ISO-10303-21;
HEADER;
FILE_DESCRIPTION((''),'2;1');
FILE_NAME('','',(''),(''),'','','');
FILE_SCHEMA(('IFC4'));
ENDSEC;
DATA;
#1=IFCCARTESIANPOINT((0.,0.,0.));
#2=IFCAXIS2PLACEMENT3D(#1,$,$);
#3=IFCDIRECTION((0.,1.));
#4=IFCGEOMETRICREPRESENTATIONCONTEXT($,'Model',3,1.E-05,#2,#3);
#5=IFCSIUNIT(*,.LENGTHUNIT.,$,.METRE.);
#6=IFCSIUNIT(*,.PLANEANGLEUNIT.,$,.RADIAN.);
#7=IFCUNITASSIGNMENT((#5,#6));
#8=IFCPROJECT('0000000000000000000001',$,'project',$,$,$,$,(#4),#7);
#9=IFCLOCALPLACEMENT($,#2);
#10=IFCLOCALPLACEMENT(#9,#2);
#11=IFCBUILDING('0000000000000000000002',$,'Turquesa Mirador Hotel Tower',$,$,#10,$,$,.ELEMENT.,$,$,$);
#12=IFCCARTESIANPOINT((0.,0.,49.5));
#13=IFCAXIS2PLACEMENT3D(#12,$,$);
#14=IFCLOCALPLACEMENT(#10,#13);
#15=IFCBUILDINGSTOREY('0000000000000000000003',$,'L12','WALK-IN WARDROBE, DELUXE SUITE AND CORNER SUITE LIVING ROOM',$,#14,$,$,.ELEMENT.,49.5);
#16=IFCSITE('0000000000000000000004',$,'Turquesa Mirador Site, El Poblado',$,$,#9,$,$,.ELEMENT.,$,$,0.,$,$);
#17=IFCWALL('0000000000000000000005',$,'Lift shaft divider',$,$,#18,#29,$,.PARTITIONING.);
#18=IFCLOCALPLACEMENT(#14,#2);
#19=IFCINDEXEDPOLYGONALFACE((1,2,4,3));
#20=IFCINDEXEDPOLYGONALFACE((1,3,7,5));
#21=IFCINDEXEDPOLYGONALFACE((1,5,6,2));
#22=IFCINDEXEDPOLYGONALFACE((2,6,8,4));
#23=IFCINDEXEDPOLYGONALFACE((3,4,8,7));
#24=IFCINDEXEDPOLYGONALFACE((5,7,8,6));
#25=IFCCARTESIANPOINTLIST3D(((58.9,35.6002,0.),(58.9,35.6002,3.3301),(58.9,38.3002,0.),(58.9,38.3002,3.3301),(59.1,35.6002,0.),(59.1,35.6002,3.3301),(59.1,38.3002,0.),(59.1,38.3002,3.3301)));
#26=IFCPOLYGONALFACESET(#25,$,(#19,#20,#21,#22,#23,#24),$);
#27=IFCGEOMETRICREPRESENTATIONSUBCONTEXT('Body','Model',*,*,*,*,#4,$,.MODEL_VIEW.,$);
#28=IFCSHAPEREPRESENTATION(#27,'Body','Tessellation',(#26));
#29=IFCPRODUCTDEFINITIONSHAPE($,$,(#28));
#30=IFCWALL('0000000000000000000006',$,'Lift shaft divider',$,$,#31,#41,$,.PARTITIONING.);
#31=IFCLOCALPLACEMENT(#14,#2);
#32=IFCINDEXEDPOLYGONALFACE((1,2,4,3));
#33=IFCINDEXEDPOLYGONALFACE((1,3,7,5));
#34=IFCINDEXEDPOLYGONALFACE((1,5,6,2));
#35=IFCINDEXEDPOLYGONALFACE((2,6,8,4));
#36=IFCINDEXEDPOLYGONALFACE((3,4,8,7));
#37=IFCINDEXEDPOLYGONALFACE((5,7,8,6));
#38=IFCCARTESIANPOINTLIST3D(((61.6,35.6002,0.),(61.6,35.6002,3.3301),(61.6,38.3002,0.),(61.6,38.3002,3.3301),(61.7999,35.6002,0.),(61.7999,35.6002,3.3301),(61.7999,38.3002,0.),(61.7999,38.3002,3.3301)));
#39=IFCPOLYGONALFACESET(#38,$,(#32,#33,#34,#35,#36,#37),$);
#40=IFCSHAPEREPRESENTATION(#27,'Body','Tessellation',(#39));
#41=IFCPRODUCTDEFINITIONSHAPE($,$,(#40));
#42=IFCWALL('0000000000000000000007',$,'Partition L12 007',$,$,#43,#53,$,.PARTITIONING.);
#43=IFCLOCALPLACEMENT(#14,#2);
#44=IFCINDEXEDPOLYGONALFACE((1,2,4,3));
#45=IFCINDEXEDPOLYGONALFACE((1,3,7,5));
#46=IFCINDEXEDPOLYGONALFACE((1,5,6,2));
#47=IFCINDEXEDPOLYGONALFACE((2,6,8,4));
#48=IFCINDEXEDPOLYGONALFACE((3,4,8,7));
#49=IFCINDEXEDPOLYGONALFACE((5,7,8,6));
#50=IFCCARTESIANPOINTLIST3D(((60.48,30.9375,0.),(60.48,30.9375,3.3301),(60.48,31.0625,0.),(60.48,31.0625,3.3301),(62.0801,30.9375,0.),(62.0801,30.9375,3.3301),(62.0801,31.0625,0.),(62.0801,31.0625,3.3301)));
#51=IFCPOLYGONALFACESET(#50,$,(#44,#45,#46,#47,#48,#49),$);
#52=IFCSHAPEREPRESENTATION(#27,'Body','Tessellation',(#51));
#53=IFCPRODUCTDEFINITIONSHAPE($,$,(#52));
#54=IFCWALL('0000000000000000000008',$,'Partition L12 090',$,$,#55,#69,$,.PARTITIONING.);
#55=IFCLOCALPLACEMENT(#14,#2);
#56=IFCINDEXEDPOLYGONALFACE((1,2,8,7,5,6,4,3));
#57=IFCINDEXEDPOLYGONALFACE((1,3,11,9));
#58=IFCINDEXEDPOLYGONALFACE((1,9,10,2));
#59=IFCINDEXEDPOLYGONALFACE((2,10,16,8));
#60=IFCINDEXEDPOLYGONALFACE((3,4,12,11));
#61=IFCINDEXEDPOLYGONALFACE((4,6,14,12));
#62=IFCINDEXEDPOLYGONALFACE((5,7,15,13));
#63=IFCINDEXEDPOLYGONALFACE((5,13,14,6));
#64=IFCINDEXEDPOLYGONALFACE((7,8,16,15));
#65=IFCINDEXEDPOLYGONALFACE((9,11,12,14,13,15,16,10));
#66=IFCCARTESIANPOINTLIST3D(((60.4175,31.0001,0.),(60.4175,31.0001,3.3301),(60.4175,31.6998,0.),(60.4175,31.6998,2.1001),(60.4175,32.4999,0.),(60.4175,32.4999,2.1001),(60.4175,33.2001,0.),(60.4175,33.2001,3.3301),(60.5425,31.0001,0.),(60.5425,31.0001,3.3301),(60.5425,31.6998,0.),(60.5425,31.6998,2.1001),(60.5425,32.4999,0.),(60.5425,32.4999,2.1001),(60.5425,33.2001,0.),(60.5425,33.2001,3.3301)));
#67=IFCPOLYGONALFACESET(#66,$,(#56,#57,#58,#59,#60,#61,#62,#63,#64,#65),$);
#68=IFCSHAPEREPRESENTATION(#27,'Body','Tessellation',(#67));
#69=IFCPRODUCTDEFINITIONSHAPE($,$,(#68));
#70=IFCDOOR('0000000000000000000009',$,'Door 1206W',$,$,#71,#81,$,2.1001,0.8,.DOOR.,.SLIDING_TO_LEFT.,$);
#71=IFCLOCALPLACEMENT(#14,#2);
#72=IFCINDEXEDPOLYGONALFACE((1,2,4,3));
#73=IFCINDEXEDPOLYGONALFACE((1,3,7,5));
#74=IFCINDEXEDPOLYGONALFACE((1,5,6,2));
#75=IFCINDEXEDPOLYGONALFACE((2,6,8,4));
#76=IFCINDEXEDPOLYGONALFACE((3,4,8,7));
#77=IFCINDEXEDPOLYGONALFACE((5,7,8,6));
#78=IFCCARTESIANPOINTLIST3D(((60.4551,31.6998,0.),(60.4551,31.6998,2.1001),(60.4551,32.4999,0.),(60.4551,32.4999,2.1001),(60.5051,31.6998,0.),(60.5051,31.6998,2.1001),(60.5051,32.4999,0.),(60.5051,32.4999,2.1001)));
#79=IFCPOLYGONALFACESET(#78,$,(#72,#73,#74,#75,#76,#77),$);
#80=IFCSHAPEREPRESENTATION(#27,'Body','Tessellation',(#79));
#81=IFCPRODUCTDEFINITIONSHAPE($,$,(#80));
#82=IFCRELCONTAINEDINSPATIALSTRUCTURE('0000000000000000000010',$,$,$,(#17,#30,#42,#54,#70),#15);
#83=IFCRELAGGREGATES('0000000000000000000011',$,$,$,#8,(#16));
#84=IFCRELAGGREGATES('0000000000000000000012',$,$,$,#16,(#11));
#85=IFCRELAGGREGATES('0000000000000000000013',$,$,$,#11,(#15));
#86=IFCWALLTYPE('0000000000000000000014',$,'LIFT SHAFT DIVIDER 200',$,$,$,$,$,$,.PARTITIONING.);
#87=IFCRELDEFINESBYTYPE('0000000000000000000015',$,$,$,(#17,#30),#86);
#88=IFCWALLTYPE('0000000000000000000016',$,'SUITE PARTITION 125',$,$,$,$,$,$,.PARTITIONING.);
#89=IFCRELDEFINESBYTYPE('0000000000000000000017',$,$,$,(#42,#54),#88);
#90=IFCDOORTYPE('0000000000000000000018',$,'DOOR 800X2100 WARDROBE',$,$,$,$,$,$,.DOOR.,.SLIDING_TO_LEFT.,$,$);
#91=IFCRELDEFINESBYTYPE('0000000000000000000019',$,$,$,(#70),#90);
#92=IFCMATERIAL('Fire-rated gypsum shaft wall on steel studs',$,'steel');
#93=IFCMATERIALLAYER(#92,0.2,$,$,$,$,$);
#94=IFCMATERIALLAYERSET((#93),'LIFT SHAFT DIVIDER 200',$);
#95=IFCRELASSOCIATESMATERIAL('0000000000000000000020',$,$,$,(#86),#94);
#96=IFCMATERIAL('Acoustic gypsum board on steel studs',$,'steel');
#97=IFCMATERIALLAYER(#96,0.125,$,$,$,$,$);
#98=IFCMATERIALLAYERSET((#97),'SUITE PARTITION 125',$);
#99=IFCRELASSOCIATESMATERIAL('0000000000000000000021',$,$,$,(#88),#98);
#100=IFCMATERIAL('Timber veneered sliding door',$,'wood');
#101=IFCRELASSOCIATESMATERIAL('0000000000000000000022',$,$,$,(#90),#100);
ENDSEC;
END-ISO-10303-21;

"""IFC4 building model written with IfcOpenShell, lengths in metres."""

from ifc_helpers import new_model, si_unit, direction, frame, frame_2d, origin, place, context, subcontext, project, spatial, rectangle, extrude, material, layer, layer_set, type_object, element, fill, save


model = new_model("IFC4")

# Units and contexts
model_context = context("Model", 3, precision=1e-05, world=origin(), true_north=direction((0.0, 1.0)))
body_context = subcontext(model_context, "Body", "Model", "MODEL_VIEW")
ifc_project = project(units=[si_unit("LENGTHUNIT", "METRE"), si_unit("PLANEANGLEUNIT", "RADIAN")], contexts=[model_context])

# Site, building, storey
site_placement = place(None, origin())
site = spatial("IfcSite", under=ifc_project, at=site_placement, Name="Turquesa Mirador Site, El Poblado", CompositionType="ELEMENT", RefElevation=0.0)
building_placement = place(site_placement, origin())
building = spatial("IfcBuilding", under=site, at=building_placement, Name="Turquesa Mirador Hotel Tower", CompositionType="ELEMENT")
storey_placement = place(building_placement, frame((0.0, 0.0, 49.5)))
storey = spatial("IfcBuildingStorey", under=building, at=storey_placement, Name="L12", Description="WALK-IN WARDROBE, DELUXE SUITE AND CORNER SUITE LIVING ROOM", CompositionType="ELEMENT", Elevation=49.5)

# Walls
ifc_material_1 = material(Name="Fire-rated gypsum shaft wall on steel studs", Category="steel")
ifc_layer_1 = layer(ifc_material_1, 0.2)
ifc_layer_set_1 = layer_set([ifc_layer_1], Name="LIFT SHAFT DIVIDER 200")
wall_type_1 = type_object("IfcWallType", Name="LIFT SHAFT DIVIDER 200", PredefinedType="PARTITIONING", material=ifc_layer_set_1)
for number, where, z_axis, x_axis, name in (
    (1, (59.0, 35.6001, 0.0), (0.0, 0.0, 1.0), (0.0, 1.0, 0.0), "Lift shaft divider"),
    (2, (61.7, 35.6001, 0.0), (0.0, 0.0, 1.0), (0.0, 1.0, 0.0), "Lift shaft divider"),
):
    element("IfcWall", number, at=place(storey_placement, frame(where, z_axis=z_axis, x_axis=x_axis)), inside=storey, type_object=wall_type_1, Name=name, PredefinedType="PARTITIONING", context=body_context, shape_type="SweptSolid", body=[
        extrude(rectangle(XDim=2.7, YDim=0.2, at=frame_2d((1.3501, 0.0))), origin(), (0.0, 0.0, 1.0), 3.3301),
    ])
ifc_material_2 = material(Name="Acoustic gypsum board on steel studs", Category="steel")
ifc_layer_2 = layer(ifc_material_2, 0.125)
ifc_layer_set_2 = layer_set([ifc_layer_2], Name="SUITE PARTITION 125")
wall_type_2 = type_object("IfcWallType", Name="SUITE PARTITION 125", PredefinedType="PARTITIONING", material=ifc_layer_set_2)
wall_1_placement = place(storey_placement, frame((60.48, 31.0, 0.0), z_axis=(0.0, 0.0, 1.0), x_axis=(1.0, 0.0, 0.0)))
element("IfcWall", 3, at=wall_1_placement, inside=storey, type_object=wall_type_2, Name="Partition L12 007", PredefinedType="PARTITIONING", context=body_context, shape_type="SweptSolid", body=[
    extrude(rectangle(XDim=1.6001, YDim=0.125, at=frame_2d((0.8, 0.0))), origin(), (0.0, 0.0, 1.0), 3.3301),
])

# Wall, opening, door
wall_2_placement = place(storey_placement, frame((60.48, 31.0, 0.0), z_axis=(0.0, 0.0, 1.0), x_axis=(0.0, 1.0, 0.0)))
wall_2 = element("IfcWall", 4, at=wall_2_placement, inside=storey, type_object=wall_type_2, Name="Partition L12 090", PredefinedType="PARTITIONING", context=body_context, shape_type="SweptSolid", body=[
    extrude(rectangle(XDim=2.2, YDim=0.125, at=frame_2d((1.1001, 0.0))), origin(), (0.0, 0.0, 1.0), 3.3301),
])
opening_1_placement = place(wall_2_placement, frame((0.7, 0.0, 0.0)))
opening_1 = element("IfcOpeningElement", 5, at=opening_1_placement, cuts=wall_2, PredefinedType="OPENING", context=body_context, shape_type="SweptSolid", body=[
    extrude(rectangle(XDim=0.8, YDim=2.1001, at=frame_2d((0.3999, 1.05))), frame((0.0, 0.0725, 0.0), z_axis=(0.0, -1.0, 0.0), x_axis=(1.0, 0.0, 0.0)), (0.0, 0.0, 1.0), 0.145),
])
ifc_material_3 = material(Name="Timber veneered sliding door", Category="wood")
door_type_1 = type_object("IfcDoorType", Name="DOOR 800X2100 WARDROBE", OperationType="SLIDING_TO_LEFT", PredefinedType="DOOR", material=ifc_material_3)
door_1_placement = place(opening_1_placement, origin())
door_1 = element("IfcDoor", 6, at=door_1_placement, inside=storey, type_object=door_type_1, Name="Door 1206W", OperationType="SLIDING_TO_LEFT", OverallHeight=2.1001, OverallWidth=0.8, PredefinedType="DOOR", context=body_context, shape_type="SweptSolid", body=[
    extrude(rectangle(XDim=0.8, YDim=2.1001, at=frame_2d((0.3999, 1.05))), frame((0.0, 0.0249, 0.0), z_axis=(0.0, -1.0, 0.0), x_axis=(1.0, 0.0, 0.0)), (0.0, 0.0, 1.0), 0.05),
])
fill(opening_1, door_1)

save(model, "model.ifc")
